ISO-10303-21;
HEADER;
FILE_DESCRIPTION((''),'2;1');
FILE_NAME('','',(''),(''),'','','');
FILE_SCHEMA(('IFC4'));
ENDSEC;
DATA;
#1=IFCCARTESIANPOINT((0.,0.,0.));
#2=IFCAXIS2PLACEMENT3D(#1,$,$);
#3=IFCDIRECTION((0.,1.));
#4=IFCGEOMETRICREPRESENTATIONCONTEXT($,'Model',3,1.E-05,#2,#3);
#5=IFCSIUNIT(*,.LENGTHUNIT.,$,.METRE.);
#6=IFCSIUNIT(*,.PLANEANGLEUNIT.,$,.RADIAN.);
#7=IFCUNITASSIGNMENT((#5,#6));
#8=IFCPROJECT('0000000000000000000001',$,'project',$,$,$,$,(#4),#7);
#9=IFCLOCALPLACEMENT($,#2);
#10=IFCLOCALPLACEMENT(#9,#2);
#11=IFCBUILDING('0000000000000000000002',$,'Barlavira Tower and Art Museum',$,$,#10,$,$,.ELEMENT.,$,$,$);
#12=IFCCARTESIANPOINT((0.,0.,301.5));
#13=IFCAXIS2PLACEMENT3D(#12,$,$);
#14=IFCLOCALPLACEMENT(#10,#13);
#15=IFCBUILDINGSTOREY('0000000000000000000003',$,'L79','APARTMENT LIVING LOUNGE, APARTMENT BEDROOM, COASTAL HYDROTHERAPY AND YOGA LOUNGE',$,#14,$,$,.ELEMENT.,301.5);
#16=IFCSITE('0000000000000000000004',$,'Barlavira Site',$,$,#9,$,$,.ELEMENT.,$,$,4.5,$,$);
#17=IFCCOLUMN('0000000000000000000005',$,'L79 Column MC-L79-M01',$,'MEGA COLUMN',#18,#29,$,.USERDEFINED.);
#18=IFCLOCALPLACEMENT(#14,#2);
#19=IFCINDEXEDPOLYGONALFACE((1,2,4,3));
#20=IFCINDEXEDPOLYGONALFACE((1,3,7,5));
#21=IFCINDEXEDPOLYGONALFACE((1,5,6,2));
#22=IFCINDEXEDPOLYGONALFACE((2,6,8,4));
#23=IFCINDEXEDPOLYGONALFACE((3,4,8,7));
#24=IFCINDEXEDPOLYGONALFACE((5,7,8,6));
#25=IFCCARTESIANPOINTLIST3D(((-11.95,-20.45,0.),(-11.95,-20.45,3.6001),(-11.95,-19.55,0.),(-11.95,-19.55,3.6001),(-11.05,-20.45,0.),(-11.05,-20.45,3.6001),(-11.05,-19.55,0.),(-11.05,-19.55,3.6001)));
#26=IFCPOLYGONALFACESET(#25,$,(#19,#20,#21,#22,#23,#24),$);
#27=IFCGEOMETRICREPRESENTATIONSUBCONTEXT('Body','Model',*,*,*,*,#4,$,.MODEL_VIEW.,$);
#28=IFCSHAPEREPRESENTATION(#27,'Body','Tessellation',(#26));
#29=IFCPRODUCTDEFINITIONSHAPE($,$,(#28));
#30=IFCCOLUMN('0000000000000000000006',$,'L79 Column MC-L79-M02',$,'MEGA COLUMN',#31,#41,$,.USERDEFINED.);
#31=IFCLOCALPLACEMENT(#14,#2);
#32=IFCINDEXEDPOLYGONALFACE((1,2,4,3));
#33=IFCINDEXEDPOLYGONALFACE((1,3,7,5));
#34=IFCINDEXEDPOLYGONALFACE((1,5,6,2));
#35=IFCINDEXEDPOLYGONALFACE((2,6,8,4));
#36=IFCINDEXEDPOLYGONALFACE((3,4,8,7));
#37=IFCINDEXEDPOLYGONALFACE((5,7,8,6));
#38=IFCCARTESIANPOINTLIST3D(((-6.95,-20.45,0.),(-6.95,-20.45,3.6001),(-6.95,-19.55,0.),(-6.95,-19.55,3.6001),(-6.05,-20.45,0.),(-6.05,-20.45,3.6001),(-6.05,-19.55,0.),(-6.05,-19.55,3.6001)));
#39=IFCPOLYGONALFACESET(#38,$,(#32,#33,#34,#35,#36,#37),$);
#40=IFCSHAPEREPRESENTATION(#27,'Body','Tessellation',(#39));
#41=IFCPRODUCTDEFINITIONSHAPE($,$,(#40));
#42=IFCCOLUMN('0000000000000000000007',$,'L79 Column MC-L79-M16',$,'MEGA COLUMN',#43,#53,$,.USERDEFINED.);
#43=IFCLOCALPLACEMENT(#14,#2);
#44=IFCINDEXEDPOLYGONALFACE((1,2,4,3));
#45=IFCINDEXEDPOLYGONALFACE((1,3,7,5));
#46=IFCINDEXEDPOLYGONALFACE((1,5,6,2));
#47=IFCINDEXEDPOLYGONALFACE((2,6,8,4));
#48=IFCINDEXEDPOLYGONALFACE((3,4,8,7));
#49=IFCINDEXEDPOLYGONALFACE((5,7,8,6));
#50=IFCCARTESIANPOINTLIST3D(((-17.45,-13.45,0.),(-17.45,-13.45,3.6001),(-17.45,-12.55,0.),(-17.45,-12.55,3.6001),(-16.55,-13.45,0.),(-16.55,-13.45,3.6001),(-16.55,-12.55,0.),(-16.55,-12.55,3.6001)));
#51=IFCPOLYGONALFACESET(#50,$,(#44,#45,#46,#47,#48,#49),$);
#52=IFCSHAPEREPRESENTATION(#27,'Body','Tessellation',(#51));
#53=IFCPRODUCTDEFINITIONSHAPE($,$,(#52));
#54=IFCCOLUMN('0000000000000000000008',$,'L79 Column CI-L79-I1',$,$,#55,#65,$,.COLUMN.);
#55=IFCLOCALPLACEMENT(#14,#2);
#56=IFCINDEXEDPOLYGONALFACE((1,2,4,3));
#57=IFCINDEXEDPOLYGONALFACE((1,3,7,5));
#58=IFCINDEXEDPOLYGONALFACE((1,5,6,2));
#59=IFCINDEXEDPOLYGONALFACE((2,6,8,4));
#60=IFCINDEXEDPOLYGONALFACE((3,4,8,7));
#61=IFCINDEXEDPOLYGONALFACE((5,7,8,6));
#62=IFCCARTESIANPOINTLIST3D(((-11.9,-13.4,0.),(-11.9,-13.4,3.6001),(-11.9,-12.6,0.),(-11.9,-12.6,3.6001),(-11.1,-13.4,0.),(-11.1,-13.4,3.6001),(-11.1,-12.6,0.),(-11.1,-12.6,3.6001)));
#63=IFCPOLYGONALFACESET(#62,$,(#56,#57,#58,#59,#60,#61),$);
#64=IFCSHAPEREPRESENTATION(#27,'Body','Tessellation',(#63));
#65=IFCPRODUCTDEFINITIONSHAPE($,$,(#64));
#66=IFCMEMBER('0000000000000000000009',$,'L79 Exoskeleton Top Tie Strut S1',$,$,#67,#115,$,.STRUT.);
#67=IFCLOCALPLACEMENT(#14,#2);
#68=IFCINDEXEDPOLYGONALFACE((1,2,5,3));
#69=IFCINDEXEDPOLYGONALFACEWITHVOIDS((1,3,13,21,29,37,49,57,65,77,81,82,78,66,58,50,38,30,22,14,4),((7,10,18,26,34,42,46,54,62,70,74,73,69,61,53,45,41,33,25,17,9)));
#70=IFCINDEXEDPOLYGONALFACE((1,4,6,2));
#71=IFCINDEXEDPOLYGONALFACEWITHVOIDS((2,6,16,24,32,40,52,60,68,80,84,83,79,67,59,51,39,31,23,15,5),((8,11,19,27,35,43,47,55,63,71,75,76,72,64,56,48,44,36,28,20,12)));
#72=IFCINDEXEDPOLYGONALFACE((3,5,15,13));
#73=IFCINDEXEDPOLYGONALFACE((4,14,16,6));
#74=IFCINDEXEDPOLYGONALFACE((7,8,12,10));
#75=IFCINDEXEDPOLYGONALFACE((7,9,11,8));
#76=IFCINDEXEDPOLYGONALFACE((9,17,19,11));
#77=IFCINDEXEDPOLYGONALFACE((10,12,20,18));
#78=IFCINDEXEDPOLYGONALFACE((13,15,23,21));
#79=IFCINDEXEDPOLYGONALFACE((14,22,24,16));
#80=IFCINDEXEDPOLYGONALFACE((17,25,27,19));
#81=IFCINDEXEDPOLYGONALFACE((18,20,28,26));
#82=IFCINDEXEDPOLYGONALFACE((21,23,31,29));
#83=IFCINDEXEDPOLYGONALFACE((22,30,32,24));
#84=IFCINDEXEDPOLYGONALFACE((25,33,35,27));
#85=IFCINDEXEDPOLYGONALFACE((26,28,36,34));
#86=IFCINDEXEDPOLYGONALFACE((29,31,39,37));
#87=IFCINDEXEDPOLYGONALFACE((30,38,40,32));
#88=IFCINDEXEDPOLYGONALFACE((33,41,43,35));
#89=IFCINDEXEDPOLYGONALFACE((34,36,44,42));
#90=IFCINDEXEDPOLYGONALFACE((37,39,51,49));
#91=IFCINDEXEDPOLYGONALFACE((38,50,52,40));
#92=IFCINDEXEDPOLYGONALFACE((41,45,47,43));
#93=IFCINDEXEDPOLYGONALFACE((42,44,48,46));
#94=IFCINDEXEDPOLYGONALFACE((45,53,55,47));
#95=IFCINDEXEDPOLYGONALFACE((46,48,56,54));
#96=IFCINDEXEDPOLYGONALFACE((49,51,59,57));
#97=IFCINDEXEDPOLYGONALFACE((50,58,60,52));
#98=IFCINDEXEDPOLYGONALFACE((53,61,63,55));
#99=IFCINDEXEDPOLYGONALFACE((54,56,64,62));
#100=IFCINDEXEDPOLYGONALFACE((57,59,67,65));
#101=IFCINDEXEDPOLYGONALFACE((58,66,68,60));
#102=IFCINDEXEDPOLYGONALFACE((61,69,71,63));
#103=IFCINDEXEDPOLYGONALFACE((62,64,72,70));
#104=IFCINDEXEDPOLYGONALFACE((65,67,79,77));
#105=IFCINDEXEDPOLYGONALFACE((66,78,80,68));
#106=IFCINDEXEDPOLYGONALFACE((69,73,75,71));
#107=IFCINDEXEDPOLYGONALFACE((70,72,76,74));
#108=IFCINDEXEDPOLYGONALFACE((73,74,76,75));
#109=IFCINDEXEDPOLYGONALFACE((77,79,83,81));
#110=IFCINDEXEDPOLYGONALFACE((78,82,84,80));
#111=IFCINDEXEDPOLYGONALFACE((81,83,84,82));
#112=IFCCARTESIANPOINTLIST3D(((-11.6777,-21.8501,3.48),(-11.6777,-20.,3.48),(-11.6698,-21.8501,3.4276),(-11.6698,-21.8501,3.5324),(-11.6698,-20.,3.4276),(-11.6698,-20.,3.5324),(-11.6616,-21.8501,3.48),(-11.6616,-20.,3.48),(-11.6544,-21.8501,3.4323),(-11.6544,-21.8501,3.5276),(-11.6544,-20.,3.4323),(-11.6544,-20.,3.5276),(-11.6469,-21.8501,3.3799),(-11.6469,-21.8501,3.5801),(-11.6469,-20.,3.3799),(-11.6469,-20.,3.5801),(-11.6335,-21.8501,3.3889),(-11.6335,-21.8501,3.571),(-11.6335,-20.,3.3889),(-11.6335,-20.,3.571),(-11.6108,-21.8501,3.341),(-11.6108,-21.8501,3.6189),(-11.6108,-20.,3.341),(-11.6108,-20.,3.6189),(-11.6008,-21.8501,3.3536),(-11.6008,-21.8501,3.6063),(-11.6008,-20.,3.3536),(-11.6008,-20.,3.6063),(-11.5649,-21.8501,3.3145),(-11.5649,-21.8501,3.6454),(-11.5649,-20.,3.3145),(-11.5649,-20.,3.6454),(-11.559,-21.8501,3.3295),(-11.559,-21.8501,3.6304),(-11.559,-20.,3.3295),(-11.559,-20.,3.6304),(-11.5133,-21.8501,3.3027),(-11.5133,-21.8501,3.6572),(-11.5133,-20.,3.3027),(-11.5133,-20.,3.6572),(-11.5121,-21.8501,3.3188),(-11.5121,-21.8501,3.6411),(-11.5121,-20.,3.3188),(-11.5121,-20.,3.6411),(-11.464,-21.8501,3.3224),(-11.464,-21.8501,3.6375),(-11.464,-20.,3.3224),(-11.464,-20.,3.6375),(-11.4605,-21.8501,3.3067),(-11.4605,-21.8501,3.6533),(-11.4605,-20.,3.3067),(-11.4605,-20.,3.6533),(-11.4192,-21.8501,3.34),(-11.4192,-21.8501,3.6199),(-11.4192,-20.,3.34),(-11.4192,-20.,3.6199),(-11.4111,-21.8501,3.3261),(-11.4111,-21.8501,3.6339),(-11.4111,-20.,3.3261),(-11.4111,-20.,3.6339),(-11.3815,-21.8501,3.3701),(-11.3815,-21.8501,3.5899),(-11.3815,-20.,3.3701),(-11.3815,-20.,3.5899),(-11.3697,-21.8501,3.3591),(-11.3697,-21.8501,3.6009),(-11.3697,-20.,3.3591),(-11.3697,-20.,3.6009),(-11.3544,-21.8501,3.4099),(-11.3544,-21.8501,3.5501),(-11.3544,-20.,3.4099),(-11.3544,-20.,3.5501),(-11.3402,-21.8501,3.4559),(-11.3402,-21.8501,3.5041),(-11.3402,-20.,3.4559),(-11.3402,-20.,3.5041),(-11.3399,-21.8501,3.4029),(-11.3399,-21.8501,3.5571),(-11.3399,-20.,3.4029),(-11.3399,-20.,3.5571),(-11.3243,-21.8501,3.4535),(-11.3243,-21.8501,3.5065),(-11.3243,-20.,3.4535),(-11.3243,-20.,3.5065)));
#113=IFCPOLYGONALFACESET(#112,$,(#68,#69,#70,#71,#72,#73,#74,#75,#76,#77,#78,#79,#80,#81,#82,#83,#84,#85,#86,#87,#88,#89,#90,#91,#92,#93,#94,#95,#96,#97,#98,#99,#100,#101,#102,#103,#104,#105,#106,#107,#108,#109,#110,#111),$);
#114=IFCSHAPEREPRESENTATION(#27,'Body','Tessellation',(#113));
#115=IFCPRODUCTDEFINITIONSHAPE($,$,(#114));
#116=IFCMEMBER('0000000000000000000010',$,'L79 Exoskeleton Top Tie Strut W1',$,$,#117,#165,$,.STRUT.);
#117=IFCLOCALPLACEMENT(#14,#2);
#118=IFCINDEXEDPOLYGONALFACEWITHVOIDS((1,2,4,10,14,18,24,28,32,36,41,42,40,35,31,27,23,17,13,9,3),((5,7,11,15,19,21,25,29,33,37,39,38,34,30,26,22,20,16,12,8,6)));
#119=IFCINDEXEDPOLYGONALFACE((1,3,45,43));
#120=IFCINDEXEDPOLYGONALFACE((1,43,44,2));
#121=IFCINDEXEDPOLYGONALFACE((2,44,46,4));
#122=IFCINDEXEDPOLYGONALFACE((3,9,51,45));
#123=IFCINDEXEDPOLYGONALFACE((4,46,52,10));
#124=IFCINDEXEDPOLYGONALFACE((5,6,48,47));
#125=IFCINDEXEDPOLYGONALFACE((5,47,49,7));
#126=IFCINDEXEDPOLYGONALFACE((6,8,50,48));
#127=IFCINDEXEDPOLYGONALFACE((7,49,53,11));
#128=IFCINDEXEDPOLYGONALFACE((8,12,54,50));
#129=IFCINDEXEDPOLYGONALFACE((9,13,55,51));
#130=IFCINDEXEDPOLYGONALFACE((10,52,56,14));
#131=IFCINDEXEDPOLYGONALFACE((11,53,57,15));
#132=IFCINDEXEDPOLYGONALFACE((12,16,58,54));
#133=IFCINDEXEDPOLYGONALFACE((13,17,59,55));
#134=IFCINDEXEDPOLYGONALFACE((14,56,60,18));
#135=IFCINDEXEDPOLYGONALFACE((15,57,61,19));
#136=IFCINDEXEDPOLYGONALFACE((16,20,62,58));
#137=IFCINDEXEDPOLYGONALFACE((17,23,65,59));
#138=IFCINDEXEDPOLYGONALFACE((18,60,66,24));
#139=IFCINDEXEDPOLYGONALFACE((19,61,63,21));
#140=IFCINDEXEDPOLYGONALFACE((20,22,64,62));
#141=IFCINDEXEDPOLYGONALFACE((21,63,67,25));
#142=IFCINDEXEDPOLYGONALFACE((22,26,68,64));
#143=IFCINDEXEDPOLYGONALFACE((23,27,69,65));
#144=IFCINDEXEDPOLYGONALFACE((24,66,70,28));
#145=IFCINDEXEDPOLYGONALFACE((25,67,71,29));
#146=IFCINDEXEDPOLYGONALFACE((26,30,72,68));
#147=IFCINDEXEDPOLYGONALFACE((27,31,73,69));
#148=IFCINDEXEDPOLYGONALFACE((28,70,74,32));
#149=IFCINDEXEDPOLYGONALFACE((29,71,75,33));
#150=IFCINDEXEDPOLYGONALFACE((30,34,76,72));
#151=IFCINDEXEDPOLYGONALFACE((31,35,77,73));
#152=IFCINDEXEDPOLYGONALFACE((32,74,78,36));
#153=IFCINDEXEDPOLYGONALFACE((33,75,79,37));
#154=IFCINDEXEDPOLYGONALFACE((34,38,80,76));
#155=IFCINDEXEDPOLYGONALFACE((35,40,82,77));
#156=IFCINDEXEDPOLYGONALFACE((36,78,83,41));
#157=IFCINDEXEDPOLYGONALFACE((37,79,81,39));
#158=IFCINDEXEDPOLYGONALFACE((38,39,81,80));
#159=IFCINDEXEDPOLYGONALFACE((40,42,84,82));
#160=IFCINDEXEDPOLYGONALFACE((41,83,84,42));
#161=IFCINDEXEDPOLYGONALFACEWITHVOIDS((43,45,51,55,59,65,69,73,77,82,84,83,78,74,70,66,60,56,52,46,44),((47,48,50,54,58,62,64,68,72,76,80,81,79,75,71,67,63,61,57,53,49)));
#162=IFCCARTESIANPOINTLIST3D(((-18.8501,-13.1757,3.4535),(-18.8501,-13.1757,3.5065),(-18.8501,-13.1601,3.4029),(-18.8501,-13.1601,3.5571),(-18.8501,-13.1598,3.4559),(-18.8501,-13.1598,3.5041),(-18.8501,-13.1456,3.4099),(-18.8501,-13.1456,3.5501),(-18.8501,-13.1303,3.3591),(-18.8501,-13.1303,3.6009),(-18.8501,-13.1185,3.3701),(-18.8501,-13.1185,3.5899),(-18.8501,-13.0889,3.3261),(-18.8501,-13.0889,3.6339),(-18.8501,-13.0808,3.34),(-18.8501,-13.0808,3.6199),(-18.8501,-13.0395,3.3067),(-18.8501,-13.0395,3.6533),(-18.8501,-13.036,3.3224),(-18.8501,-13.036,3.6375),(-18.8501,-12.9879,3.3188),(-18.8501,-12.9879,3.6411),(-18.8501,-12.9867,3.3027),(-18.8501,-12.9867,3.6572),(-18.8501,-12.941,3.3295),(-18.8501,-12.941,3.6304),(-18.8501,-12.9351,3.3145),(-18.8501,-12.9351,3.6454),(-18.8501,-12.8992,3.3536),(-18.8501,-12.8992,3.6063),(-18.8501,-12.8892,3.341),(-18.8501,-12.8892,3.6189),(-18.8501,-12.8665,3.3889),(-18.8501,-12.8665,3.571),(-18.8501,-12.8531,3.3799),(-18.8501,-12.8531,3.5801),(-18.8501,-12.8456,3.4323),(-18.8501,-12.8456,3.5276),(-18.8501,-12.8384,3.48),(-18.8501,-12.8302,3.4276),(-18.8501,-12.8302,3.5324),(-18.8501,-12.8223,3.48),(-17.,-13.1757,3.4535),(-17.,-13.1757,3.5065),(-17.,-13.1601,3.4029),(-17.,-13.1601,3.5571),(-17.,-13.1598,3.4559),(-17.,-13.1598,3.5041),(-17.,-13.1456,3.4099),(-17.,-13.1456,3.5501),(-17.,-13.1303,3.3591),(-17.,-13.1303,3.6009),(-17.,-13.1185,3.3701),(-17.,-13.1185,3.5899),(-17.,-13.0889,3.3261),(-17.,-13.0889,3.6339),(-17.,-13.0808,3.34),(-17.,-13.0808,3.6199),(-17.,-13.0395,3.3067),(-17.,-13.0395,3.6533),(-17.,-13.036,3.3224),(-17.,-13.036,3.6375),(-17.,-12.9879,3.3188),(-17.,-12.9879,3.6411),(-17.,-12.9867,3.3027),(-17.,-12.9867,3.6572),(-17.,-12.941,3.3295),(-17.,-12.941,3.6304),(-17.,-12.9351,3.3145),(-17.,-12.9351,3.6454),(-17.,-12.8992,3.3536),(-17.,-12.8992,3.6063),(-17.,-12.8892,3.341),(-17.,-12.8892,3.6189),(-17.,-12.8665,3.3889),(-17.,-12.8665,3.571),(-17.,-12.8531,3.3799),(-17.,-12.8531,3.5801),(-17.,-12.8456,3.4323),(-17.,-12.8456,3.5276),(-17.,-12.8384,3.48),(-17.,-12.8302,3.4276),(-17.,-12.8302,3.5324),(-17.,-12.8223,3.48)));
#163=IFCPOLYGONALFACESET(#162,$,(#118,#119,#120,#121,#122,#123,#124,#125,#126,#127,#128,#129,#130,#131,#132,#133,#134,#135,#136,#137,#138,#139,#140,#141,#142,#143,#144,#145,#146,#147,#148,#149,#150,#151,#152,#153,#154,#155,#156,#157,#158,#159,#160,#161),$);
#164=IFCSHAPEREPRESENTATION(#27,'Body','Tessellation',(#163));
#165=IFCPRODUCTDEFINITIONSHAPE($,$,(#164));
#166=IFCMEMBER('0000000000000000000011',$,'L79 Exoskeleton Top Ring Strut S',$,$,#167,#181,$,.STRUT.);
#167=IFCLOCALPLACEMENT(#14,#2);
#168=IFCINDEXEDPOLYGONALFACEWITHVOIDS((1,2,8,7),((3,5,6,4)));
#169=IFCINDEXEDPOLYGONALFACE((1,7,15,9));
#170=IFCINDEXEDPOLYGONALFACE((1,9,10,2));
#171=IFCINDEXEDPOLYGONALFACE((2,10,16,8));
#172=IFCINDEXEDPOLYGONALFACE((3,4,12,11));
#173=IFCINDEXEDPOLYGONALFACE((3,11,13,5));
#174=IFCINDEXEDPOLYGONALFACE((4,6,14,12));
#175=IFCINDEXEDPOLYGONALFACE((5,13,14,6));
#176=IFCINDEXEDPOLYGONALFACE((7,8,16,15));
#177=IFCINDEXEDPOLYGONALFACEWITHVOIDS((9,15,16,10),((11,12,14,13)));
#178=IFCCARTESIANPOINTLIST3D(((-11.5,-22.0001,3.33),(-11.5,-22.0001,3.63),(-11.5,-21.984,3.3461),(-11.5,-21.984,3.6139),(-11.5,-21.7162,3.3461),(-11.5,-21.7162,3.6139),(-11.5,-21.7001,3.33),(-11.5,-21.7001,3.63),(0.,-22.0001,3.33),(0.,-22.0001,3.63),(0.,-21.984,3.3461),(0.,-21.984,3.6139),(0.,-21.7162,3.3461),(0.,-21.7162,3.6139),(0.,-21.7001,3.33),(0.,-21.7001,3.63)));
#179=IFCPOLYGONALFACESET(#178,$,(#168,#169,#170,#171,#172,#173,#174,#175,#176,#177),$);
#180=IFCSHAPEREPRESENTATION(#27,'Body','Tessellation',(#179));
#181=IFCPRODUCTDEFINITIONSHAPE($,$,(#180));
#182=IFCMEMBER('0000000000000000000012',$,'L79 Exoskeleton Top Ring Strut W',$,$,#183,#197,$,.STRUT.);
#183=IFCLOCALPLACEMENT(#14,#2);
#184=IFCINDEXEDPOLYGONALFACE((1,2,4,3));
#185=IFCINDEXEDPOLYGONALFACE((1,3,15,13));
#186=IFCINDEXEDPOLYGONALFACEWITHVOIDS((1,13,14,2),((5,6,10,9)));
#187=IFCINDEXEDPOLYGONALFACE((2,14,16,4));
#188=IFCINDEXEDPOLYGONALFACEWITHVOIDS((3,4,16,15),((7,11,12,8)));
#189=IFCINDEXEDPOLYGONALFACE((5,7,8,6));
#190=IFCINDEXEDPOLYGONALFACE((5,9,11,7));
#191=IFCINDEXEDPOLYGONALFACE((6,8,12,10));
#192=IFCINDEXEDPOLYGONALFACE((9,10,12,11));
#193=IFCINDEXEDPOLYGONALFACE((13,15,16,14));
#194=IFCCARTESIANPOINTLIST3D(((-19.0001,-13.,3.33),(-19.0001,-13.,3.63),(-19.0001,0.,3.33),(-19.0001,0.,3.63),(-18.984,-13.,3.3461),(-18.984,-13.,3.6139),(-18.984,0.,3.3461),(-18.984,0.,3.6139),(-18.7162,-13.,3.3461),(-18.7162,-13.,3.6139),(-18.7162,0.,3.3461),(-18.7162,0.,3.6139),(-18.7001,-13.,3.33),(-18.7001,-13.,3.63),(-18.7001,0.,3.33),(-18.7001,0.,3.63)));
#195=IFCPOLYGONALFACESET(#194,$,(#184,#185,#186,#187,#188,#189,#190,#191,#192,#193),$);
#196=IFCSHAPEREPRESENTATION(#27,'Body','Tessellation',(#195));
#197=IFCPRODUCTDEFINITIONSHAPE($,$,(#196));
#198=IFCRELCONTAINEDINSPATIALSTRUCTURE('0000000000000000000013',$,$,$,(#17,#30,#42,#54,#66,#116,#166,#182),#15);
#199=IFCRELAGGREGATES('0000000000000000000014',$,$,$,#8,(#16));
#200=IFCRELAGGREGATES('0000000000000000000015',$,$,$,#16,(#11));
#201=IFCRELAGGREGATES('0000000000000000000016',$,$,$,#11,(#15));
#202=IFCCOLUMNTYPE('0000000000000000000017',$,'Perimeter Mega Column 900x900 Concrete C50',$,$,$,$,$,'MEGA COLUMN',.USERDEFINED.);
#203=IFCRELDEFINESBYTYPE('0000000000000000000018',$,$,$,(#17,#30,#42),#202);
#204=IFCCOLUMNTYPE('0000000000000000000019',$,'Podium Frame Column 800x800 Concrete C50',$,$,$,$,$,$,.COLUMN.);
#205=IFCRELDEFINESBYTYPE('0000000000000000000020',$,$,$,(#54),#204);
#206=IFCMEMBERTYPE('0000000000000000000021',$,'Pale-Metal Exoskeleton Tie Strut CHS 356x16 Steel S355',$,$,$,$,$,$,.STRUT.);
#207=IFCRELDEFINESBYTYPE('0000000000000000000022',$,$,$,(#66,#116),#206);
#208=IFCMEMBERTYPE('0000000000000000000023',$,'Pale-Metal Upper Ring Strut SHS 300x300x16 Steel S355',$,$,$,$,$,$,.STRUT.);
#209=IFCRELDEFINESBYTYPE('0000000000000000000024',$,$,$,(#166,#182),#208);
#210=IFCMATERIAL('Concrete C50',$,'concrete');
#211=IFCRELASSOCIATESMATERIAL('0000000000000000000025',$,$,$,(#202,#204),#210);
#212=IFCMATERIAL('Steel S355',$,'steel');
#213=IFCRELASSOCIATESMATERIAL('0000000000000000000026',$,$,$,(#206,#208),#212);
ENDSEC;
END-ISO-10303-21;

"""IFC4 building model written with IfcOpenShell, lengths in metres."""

from ifc_helpers import new_model, si_unit, direction, frame, origin, origin_2d, place, context, subcontext, project, spatial, rectangle, hollow_rectangle, hollow_circle, extrude, material, material_profile, profile_set, type_object, element, save


model = new_model("IFC4")

# Units and contexts
model_context = context("Model", 3, precision=1e-05, world=origin(), true_north=direction((0.0, 1.0)))
body_context = subcontext(model_context, "Body", "Model", "MODEL_VIEW")
ifc_project = project(units=[si_unit("LENGTHUNIT", "METRE"), si_unit("PLANEANGLEUNIT", "RADIAN")], contexts=[model_context])

# Site, building, storey
site_placement = place(None, origin())
site = spatial("IfcSite", under=ifc_project, at=site_placement, Name="Barlavira Site", CompositionType="ELEMENT", RefElevation=4.5)
building_placement = place(site_placement, origin())
building = spatial("IfcBuilding", under=site, at=building_placement, Name="Barlavira Tower and Art Museum", CompositionType="ELEMENT")
storey_placement = place(building_placement, frame((0.0, 0.0, 301.5)))
storey = spatial("IfcBuildingStorey", under=building, at=storey_placement, Name="L79", Description="APARTMENT LIVING LOUNGE, APARTMENT BEDROOM, COASTAL HYDROTHERAPY AND YOGA LOUNGE", CompositionType="ELEMENT", Elevation=301.5)

# Columns
ifc_material_1 = material(Name="Concrete C50", Category="concrete")
ifc_material_profile_1 = material_profile(ifc_material_1, rectangle(XDim=0.8999, YDim=0.8999, at=origin_2d()), Name="RC-COL 900x900")
ifc_profile_set_1 = profile_set([ifc_material_profile_1], Name="Concrete C50")
column_type_1 = type_object("IfcColumnType", Name="Perimeter Mega Column 900x900 Concrete C50", ElementType="MEGA COLUMN", PredefinedType="USERDEFINED", material=ifc_profile_set_1)
for number, where, z_axis, x_axis, name in (
    (1, (-11.5, -20.0, 0.0), (0.0, 0.0, 1.0), (1.0, 0.0, 0.0), "L79 Column MC-L79-M01"),
    (2, (-6.5, -20.0, 0.0), (0.0, 0.0, 1.0), (1.0, 0.0, 0.0), "L79 Column MC-L79-M02"),
    (3, (-17.0, -13.0, 0.0), (0.0, 0.0, 1.0), (1.0, 0.0, 0.0), "L79 Column MC-L79-M16"),
):
    element("IfcColumn", number, at=place(storey_placement, frame(where, z_axis=z_axis, x_axis=x_axis)), inside=storey, type_object=column_type_1, Name=name, ObjectType="MEGA COLUMN", PredefinedType="USERDEFINED", context=body_context, shape_type="SweptSolid", body=[
        extrude(rectangle(XDim=0.8999, YDim=0.8999, at=origin_2d()), origin(), (0.0, 0.0, 1.0), 3.6001),
    ])
ifc_material_profile_2 = material_profile(ifc_material_1, rectangle(XDim=0.8, YDim=0.8, at=origin_2d()), Name="RC-COL 800x800")
ifc_profile_set_2 = profile_set([ifc_material_profile_2], Name="Concrete C50")
column_type_2 = type_object("IfcColumnType", Name="Podium Frame Column 800x800 Concrete C50", PredefinedType="COLUMN", material=ifc_profile_set_2)
column_placement = place(storey_placement, frame((-11.5, -13.0, 0.0), z_axis=(0.0, 0.0, 1.0), x_axis=(1.0, 0.0, 0.0)))
element("IfcColumn", 4, at=column_placement, inside=storey, type_object=column_type_2, Name="L79 Column CI-L79-I1", PredefinedType="COLUMN", context=body_context, shape_type="SweptSolid", body=[
    extrude(rectangle(XDim=0.8, YDim=0.8, at=origin_2d()), origin(), (0.0, 0.0, 1.0), 3.6001),
])

# Members
ifc_material_2 = material(Name="Steel S355", Category="steel")
ifc_material_profile_3 = material_profile(ifc_material_2, hollow_circle(Radius=0.1777, WallThickness=0.0161, at=origin_2d()), Name="CHS 355.6x16.0")
ifc_profile_set_3 = profile_set([ifc_material_profile_3], Name="Steel S355")
member_type_1 = type_object("IfcMemberType", Name="Pale-Metal Exoskeleton Tie Strut CHS 356x16 Steel S355", PredefinedType="STRUT", material=ifc_profile_set_3)
for number, where, z_axis, x_axis, name in (
    (5, (-11.5, -21.8501, 3.48), (0.0, 1.0, 0.0), (-1.0, 0.0, 0.0), "L79 Exoskeleton Top Tie Strut S1"),
    (6, (-18.8501, -13.0, 3.48), (1.0, 0.0, 0.0), (0.0, 1.0, 0.0), "L79 Exoskeleton Top Tie Strut W1"),
):
    element("IfcMember", number, at=place(storey_placement, frame(where, z_axis=z_axis, x_axis=x_axis)), inside=storey, type_object=member_type_1, Name=name, PredefinedType="STRUT", context=body_context, shape_type="SweptSolid", body=[
        extrude(hollow_circle(Radius=0.1777, WallThickness=0.0161, at=origin_2d()), origin(), (0.0, 0.0, 1.0), 1.8501),
    ])
ifc_material_profile_4 = material_profile(ifc_material_2, hollow_rectangle(XDim=0.3, YDim=0.3, WallThickness=0.0161, at=origin_2d()), Name="SHS 300x300x16.0")
ifc_profile_set_4 = profile_set([ifc_material_profile_4], Name="Steel S355")
member_type_2 = type_object("IfcMemberType", Name="Pale-Metal Upper Ring Strut SHS 300x300x16 Steel S355", PredefinedType="STRUT", material=ifc_profile_set_4)
member_1_placement = place(storey_placement, frame((-11.5, -21.8501, 3.48), z_axis=(1.0, 0.0, 0.0), x_axis=(0.0, 1.0, 0.0)))
element("IfcMember", 7, at=member_1_placement, inside=storey, type_object=member_type_2, Name="L79 Exoskeleton Top Ring Strut S", PredefinedType="STRUT", context=body_context, shape_type="SweptSolid", body=[
    extrude(hollow_rectangle(XDim=0.3, YDim=0.3, WallThickness=0.0161, at=origin_2d()), origin(), (0.0, 0.0, 1.0), 11.5),
])
member_2_placement = place(storey_placement, frame((-18.8501, -13.0, 3.48), z_axis=(0.0, 1.0, 0.0), x_axis=(-1.0, 0.0, 0.0)))
element("IfcMember", 8, at=member_2_placement, inside=storey, type_object=member_type_2, Name="L79 Exoskeleton Top Ring Strut W", PredefinedType="STRUT", context=body_context, shape_type="SweptSolid", body=[
    extrude(hollow_rectangle(XDim=0.3, YDim=0.3, WallThickness=0.0161, at=origin_2d()), origin(), (0.0, 0.0, 1.0), 13.0),
])

save(model, "model.ifc")
